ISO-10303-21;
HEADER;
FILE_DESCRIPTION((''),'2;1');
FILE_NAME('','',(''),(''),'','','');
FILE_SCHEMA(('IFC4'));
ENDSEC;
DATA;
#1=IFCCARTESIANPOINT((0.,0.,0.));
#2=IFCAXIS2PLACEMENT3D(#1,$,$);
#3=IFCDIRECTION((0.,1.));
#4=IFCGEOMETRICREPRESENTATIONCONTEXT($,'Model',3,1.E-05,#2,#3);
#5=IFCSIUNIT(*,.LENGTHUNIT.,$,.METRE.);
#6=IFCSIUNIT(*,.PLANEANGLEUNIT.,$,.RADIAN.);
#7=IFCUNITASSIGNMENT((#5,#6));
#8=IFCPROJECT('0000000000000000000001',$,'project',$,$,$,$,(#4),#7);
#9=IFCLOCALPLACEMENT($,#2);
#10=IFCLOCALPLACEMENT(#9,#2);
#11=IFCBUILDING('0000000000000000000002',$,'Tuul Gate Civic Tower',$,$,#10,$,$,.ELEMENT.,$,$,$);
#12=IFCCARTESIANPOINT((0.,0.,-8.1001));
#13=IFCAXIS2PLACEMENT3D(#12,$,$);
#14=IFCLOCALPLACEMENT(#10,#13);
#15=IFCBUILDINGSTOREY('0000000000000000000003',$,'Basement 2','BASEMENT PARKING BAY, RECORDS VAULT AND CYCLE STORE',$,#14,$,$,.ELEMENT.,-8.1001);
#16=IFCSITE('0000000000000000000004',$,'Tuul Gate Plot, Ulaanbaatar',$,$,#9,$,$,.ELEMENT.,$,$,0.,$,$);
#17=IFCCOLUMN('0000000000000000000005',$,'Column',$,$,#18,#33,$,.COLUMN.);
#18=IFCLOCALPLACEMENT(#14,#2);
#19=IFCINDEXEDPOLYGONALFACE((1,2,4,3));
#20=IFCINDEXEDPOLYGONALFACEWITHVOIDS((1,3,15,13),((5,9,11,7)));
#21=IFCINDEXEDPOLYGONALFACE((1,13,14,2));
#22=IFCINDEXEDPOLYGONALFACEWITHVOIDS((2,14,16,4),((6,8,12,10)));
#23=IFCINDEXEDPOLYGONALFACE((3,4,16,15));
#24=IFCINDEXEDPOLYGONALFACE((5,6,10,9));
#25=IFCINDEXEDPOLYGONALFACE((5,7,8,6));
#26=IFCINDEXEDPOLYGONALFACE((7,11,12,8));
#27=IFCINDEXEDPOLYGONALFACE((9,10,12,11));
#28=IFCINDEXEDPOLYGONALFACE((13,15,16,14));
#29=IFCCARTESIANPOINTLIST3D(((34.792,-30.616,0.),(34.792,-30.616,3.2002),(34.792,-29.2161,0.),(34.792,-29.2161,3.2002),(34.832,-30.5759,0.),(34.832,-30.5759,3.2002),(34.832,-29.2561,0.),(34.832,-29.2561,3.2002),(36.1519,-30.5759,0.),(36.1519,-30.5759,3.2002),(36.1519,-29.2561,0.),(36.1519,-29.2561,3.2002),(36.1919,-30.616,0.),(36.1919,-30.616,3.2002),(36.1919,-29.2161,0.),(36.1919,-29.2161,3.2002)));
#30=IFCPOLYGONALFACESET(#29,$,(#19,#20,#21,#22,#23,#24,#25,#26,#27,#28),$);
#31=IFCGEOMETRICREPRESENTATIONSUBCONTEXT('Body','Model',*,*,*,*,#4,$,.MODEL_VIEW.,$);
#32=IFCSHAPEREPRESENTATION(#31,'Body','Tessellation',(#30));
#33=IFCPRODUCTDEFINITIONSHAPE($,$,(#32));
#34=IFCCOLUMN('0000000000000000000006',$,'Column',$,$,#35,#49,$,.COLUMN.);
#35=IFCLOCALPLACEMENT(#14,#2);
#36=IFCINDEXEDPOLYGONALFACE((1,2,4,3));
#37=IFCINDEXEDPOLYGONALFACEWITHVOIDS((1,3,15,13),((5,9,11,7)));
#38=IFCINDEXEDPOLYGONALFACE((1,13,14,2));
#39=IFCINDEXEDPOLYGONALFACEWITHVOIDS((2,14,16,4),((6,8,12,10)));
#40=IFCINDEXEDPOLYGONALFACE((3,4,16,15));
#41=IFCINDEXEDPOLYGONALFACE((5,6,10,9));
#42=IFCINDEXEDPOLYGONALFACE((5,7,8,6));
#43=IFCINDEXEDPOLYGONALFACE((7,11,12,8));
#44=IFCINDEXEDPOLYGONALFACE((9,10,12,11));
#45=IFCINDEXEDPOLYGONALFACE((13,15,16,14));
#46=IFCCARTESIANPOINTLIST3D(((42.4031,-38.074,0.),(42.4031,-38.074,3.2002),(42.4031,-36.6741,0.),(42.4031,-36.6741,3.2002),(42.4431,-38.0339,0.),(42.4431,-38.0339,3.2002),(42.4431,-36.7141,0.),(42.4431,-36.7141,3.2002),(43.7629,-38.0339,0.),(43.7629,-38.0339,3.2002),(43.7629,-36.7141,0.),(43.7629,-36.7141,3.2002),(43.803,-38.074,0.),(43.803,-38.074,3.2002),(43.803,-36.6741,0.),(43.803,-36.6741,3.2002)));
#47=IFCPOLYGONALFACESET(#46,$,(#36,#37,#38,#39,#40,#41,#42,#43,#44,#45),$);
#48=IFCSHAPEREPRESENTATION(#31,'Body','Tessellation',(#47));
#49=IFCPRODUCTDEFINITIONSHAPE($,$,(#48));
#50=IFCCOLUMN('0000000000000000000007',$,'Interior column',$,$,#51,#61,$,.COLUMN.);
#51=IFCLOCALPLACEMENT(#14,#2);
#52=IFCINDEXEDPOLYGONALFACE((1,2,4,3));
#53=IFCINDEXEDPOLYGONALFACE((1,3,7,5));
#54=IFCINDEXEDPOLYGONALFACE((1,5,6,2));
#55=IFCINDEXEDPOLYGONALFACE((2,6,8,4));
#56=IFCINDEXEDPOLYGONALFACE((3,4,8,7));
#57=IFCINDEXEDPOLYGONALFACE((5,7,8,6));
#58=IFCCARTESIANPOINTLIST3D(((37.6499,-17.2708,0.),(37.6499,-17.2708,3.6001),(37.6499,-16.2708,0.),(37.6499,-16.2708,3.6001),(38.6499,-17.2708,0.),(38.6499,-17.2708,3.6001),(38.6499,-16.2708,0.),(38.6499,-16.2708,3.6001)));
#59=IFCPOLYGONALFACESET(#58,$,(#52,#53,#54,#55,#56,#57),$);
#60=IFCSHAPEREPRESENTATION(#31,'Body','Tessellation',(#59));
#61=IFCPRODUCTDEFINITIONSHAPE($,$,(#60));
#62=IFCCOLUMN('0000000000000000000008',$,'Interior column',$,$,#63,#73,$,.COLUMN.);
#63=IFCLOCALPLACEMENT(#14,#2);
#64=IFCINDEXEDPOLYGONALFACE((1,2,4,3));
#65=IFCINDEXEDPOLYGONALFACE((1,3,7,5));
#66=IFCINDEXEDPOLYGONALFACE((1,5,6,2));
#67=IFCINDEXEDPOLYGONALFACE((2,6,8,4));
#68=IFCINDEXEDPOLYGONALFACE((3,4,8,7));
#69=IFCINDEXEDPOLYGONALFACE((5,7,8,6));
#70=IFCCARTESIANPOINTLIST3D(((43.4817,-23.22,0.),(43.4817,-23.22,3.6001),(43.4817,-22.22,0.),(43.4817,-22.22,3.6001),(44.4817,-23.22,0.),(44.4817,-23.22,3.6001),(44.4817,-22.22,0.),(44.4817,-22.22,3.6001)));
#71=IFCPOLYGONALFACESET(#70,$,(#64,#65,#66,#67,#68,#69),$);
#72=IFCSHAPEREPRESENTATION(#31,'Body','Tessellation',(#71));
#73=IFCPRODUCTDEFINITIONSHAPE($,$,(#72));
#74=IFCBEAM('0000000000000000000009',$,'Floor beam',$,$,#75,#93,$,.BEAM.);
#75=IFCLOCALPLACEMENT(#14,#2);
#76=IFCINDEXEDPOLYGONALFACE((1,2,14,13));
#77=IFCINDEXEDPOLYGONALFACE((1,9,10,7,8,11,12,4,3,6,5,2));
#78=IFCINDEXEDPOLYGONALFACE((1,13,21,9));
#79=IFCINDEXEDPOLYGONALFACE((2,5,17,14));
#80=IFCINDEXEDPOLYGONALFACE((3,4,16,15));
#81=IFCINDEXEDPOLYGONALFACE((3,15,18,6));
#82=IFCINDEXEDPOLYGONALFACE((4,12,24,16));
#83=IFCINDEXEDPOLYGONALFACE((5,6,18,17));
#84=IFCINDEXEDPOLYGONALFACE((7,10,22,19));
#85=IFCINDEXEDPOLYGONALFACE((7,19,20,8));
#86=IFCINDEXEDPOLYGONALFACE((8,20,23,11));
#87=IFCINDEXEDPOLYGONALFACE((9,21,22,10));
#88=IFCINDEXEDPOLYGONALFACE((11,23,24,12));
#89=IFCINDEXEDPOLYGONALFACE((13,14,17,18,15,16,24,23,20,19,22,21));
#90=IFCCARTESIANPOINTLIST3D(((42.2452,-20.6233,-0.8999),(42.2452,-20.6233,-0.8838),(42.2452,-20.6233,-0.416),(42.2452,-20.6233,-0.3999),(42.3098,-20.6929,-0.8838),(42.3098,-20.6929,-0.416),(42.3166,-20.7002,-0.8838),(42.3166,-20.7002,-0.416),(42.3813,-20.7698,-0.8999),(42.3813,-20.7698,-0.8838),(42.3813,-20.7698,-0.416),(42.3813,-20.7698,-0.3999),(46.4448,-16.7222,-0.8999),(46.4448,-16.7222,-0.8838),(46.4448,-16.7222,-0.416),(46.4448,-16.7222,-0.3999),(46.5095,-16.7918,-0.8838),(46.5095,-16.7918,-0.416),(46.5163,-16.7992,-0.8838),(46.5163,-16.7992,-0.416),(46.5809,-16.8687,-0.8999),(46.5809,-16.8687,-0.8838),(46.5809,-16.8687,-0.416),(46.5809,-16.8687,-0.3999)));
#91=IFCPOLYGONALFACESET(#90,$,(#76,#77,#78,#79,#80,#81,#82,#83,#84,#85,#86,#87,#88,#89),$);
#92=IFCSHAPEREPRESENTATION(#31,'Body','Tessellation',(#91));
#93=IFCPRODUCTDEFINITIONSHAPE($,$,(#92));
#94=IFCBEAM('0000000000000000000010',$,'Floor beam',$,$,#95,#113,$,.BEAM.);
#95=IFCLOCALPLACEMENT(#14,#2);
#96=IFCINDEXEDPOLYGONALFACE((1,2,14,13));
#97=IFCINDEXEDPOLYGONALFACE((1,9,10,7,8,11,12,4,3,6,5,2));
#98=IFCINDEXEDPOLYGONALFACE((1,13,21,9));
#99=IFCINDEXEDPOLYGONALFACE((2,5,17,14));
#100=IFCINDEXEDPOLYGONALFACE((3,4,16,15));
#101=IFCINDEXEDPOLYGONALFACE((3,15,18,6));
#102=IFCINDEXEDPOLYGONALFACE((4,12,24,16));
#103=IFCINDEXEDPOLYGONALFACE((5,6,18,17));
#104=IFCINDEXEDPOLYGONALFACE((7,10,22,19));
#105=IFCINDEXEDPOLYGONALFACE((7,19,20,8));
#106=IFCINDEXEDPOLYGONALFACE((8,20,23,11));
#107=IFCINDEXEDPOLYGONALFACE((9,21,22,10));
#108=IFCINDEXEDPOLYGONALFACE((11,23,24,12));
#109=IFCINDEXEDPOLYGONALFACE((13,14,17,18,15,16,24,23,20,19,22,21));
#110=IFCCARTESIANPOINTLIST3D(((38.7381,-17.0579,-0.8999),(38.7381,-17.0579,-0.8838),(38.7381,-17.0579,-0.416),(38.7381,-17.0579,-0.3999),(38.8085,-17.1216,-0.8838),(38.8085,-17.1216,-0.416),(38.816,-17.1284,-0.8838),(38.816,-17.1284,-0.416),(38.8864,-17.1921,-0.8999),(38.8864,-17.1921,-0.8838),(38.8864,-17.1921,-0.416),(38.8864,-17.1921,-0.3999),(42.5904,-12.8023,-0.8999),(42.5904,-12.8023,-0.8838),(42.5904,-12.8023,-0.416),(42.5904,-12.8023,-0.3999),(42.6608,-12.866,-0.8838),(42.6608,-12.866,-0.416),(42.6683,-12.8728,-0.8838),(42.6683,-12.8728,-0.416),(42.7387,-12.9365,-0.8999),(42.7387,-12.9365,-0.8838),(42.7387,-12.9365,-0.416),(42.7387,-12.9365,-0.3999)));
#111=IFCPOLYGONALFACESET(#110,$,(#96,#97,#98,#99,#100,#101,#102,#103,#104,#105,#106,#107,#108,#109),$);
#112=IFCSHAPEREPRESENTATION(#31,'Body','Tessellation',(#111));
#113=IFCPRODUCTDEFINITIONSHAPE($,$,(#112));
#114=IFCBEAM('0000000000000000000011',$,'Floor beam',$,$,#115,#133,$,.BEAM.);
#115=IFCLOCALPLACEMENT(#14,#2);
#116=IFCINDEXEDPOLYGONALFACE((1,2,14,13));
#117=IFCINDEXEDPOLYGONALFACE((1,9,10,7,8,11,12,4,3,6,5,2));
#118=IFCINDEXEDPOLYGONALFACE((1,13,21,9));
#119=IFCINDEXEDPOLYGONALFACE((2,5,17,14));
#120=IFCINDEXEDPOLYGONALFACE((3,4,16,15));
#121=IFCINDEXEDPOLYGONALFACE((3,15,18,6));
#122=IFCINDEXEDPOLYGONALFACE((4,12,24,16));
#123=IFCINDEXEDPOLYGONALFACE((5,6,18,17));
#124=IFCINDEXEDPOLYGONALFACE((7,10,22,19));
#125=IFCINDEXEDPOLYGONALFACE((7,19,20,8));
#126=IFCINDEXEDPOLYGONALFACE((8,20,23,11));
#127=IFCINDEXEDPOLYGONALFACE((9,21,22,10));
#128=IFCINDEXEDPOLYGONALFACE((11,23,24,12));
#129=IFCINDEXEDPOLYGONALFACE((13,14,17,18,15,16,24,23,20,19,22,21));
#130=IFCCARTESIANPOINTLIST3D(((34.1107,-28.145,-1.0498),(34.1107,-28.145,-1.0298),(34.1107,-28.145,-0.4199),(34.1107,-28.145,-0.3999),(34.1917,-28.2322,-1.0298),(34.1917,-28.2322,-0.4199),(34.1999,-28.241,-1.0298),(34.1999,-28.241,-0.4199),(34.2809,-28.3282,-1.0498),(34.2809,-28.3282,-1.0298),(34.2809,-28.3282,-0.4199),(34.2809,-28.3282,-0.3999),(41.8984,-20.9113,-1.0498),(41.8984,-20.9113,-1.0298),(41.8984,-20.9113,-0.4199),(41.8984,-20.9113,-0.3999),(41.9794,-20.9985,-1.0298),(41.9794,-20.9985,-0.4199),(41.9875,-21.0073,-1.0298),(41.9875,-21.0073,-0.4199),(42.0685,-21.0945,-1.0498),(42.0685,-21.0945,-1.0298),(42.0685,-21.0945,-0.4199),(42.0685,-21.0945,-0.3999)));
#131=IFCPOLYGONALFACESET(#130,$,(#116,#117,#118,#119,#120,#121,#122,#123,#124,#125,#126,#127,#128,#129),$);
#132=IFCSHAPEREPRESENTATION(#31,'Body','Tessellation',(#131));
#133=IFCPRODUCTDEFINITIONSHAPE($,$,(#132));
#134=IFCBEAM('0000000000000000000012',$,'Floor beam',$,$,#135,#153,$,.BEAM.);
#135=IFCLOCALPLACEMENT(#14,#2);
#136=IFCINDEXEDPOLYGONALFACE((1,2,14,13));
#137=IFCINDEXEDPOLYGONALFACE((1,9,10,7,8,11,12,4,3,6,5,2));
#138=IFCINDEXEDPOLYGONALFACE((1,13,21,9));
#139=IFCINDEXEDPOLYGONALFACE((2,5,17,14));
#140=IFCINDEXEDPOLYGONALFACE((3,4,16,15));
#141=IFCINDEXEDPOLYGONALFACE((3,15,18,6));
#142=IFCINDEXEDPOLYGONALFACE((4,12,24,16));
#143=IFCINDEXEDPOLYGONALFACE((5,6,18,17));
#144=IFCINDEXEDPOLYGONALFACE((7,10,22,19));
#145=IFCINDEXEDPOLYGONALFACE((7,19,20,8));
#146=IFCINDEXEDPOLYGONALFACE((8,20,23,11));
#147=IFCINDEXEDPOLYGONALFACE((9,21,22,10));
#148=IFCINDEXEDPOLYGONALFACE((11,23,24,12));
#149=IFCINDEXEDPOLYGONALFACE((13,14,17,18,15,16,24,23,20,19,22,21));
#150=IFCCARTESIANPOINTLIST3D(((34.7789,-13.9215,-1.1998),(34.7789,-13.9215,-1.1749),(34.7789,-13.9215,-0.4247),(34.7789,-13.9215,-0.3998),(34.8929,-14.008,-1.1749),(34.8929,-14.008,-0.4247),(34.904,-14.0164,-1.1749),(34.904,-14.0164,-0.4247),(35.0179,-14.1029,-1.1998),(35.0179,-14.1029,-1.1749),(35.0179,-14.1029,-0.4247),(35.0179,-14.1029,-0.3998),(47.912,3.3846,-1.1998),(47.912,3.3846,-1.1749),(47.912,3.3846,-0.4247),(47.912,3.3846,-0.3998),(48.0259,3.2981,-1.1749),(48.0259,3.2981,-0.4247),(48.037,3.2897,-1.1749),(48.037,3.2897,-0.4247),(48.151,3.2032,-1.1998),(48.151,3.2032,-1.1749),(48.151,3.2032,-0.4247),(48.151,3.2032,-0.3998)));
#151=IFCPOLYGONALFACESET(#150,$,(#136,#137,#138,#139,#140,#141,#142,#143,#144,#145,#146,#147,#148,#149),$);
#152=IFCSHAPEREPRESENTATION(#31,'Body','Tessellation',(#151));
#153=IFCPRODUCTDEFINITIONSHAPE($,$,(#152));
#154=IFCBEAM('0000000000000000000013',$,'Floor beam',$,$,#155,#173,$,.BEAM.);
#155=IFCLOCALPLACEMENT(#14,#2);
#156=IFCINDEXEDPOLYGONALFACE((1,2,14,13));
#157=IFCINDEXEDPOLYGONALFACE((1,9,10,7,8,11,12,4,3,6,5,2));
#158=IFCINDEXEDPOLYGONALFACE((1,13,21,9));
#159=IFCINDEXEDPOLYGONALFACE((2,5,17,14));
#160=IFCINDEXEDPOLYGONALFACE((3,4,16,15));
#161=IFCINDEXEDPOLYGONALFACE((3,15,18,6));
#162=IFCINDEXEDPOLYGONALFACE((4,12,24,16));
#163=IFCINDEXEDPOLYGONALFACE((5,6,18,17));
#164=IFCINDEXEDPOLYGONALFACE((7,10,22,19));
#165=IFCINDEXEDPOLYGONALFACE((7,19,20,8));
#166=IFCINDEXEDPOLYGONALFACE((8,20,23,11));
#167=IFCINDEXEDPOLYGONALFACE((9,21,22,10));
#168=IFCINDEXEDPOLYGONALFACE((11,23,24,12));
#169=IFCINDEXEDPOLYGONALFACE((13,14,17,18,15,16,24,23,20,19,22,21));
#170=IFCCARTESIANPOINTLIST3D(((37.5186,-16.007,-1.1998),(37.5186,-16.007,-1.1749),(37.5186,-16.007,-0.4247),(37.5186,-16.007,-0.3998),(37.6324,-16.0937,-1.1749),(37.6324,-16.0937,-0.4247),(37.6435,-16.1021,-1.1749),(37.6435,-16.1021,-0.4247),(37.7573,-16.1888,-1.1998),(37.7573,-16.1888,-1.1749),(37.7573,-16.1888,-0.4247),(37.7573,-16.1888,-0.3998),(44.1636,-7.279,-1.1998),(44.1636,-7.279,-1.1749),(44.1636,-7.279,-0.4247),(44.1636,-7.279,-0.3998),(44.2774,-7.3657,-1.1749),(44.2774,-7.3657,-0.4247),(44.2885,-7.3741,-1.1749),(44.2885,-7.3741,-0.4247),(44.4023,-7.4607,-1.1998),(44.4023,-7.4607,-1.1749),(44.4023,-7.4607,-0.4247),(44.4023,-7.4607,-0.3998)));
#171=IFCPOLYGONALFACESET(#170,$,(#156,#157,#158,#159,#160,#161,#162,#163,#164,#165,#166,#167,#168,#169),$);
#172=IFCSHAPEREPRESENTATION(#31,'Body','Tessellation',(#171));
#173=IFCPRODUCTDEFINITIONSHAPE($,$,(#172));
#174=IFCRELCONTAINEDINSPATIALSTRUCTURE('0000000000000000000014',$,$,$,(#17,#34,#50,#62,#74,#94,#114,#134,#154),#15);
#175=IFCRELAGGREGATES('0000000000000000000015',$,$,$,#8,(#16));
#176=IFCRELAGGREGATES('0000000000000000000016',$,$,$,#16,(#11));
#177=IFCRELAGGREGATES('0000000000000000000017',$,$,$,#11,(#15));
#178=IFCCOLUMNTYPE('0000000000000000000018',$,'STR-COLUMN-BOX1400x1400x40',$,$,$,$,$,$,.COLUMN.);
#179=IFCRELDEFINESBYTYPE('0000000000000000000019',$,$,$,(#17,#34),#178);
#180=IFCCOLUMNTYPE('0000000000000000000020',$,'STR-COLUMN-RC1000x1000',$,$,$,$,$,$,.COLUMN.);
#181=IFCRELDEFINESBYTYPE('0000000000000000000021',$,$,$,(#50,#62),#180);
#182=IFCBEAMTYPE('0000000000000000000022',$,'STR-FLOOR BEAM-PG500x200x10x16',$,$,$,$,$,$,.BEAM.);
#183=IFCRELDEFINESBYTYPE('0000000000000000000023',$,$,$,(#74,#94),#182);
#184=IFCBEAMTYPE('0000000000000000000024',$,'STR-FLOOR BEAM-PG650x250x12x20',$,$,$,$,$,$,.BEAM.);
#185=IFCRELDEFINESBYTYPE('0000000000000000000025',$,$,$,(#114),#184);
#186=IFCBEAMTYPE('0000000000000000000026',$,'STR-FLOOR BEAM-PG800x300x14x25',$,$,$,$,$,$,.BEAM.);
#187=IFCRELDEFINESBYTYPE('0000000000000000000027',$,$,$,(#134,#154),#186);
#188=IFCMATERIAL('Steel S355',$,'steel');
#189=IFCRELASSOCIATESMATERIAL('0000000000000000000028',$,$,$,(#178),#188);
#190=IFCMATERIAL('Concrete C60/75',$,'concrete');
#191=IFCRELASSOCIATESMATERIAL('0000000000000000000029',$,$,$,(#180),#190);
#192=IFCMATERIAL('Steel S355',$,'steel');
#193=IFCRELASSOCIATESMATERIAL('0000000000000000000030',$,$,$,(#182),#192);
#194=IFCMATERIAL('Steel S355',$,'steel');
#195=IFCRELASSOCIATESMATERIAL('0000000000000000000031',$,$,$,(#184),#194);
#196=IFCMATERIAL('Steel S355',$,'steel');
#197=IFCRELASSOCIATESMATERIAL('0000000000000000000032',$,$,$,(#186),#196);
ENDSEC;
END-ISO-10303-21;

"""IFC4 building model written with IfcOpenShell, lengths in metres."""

from ifc_helpers import new_model, si_unit, direction, frame, origin, origin_2d, place, context, subcontext, project, spatial, rectangle, hollow_rectangle, i_section, extrude, material, material_profile, profile_set, type_object, element, save


model = new_model("IFC4")

# Units and contexts
model_context = context("Model", 3, precision=1e-05, world=origin(), true_north=direction((0.0, 1.0)))
body_context = subcontext(model_context, "Body", "Model", "MODEL_VIEW")
ifc_project = project(units=[si_unit("LENGTHUNIT", "METRE"), si_unit("PLANEANGLEUNIT", "RADIAN")], contexts=[model_context])

# Site, building, storey
site_placement = place(None, origin())
site = spatial("IfcSite", under=ifc_project, at=site_placement, Name="Tuul Gate Plot, Ulaanbaatar", CompositionType="ELEMENT", RefElevation=0.0)
building_placement = place(site_placement, origin())
building = spatial("IfcBuilding", under=site, at=building_placement, Name="Tuul Gate Civic Tower", CompositionType="ELEMENT")
storey_placement = place(building_placement, frame((0.0, 0.0, -8.1001)))
storey = spatial("IfcBuildingStorey", under=building, at=storey_placement, Name="Basement 2", Description="BASEMENT PARKING BAY, RECORDS VAULT AND CYCLE STORE", CompositionType="ELEMENT", Elevation=-8.1001)

# Columns
ifc_material_1 = material(Name="Steel S355", Category="steel")
ifc_material_profile_1 = material_profile(ifc_material_1, hollow_rectangle(XDim=1.3999, YDim=1.3999, WallThickness=0.04, at=origin_2d()), Name="BOX1400x1400x40")
ifc_profile_set_1 = profile_set([ifc_material_profile_1], Name="Steel S355")
column_type_1 = type_object("IfcColumnType", Name="STR-COLUMN-BOX1400x1400x40", PredefinedType="COLUMN", material=ifc_profile_set_1)
for number, where, z_axis, x_axis, name in (
    (1, (35.4919, -29.916, 0.0), (0.0, 0.0, 1.0), (1.0, 0.0, 0.0), "Column"),
    (2, (43.103, -37.374, 0.0), (0.0, 0.0, 1.0), (1.0, 0.0, 0.0), "Column"),
):
    element("IfcColumn", number, at=place(storey_placement, frame(where, z_axis=z_axis, x_axis=x_axis)), inside=storey, type_object=column_type_1, Name=name, PredefinedType="COLUMN", context=body_context, shape_type="SweptSolid", body=[
        extrude(hollow_rectangle(XDim=1.3999, YDim=1.3999, WallThickness=0.04, at=origin_2d()), origin(), (0.0, 0.0, 1.0), 3.2002),
    ])
ifc_material_2 = material(Name="Concrete C60/75", Category="concrete")
ifc_material_profile_2 = material_profile(ifc_material_2, rectangle(XDim=1.0, YDim=1.0, at=origin_2d()), Name="RC1000x1000")
ifc_profile_set_2 = profile_set([ifc_material_profile_2], Name="Concrete C60/75")
column_type_2 = type_object("IfcColumnType", Name="STR-COLUMN-RC1000x1000", PredefinedType="COLUMN", material=ifc_profile_set_2)
for number, where, z_axis, x_axis, name in (
    (3, (38.1499, -16.7708, 0.0), (0.0, 0.0, 1.0), (1.0, 0.0, 0.0), "Interior column"),
    (4, (43.9817, -22.72, 0.0), (0.0, 0.0, 1.0), (1.0, 0.0, 0.0), "Interior column"),
):
    element("IfcColumn", number, at=place(storey_placement, frame(where, z_axis=z_axis, x_axis=x_axis)), inside=storey, type_object=column_type_2, Name=name, PredefinedType="COLUMN", context=body_context, shape_type="SweptSolid", body=[
        extrude(rectangle(XDim=1.0, YDim=1.0, at=origin_2d()), origin(), (0.0, 0.0, 1.0), 3.6001),
    ])

# Beams
ifc_material_3 = material(Name="Steel S355", Category="steel")
ifc_material_profile_3 = material_profile(ifc_material_3, i_section(OverallWidth=0.2, OverallDepth=0.5, WebThickness=0.01, FlangeThickness=0.0161, at=origin_2d()), Name="PG500x200x10x16")
ifc_profile_set_3 = profile_set([ifc_material_profile_3], Name="Steel S355")
beam_type_1 = type_object("IfcBeamType", Name="STR-FLOOR BEAM-PG500x200x10x16", PredefinedType="BEAM", material=ifc_profile_set_3)
beam_1_placement = place(storey_placement, frame((42.3132, -20.6965, -0.6499), z_axis=(0.732672, 0.680582, 0.0), x_axis=(-0.680582, 0.732672, 0.0)))
element("IfcBeam", 5, at=beam_1_placement, inside=storey, type_object=beam_type_1, Name="Floor beam", PredefinedType="BEAM", context=body_context, shape_type="SweptSolid", body=[
    extrude(i_section(OverallWidth=0.2, OverallDepth=0.5, WebThickness=0.01, FlangeThickness=0.0161, at=origin_2d()), origin(), (0.0, 0.0, 1.0), 5.7319),
])
beam_2_placement = place(storey_placement, frame((38.8123, -17.125, -0.6499), z_axis=(0.671103, 0.741364, 0.0), x_axis=(-0.741364, 0.671103, 0.0)))
element("IfcBeam", 6, at=beam_2_placement, inside=storey, type_object=beam_type_1, Name="Floor beam", PredefinedType="BEAM", context=body_context, shape_type="SweptSolid", body=[
    extrude(i_section(OverallWidth=0.2, OverallDepth=0.5, WebThickness=0.01, FlangeThickness=0.0161, at=origin_2d()), origin(), (0.0, 0.0, 1.0), 5.7402),
])
ifc_material_4 = material(Name="Steel S355", Category="steel")
ifc_material_profile_4 = material_profile(ifc_material_4, i_section(OverallWidth=0.25, OverallDepth=0.6499, WebThickness=0.012, FlangeThickness=0.02, at=origin_2d()), Name="PG650x250x12x20")
ifc_profile_set_4 = profile_set([ifc_material_profile_4], Name="Steel S355")
beam_type_2 = type_object("IfcBeamType", Name="STR-FLOOR BEAM-PG650x250x12x20", PredefinedType="BEAM", material=ifc_profile_set_4)
beam_3_placement = place(storey_placement, frame((34.1958, -28.2366, -0.7249), z_axis=(0.732685, 0.680567, 0.0), x_axis=(-0.680567, 0.732685, 0.0)))
element("IfcBeam", 7, at=beam_3_placement, inside=storey, type_object=beam_type_2, Name="Floor beam", PredefinedType="BEAM", context=body_context, shape_type="SweptSolid", body=[
    extrude(i_section(OverallWidth=0.25, OverallDepth=0.6499, WebThickness=0.012, FlangeThickness=0.02, at=origin_2d()), origin(), (0.0, 0.0, 1.0), 10.6289),
])
ifc_material_5 = material(Name="Steel S355", Category="steel")
ifc_material_profile_5 = material_profile(ifc_material_5, i_section(OverallWidth=0.3, OverallDepth=0.8, WebThickness=0.0139, FlangeThickness=0.0249, at=origin_2d()), Name="PG800x300x14x25")
ifc_profile_set_5 = profile_set([ifc_material_profile_5], Name="Steel S355")
beam_type_3 = type_object("IfcBeamType", Name="STR-FLOOR BEAM-PG800x300x14x25", PredefinedType="BEAM", material=ifc_profile_set_5)
beam_4_placement = place(storey_placement, frame((34.8984, -14.0122, -0.7998), z_axis=(0.604511, 0.796597, 0.0), x_axis=(-0.796597, 0.604511, 0.0)))
element("IfcBeam", 8, at=beam_4_placement, inside=storey, type_object=beam_type_3, Name="Floor beam", PredefinedType="BEAM", context=body_context, shape_type="SweptSolid", body=[
    extrude(i_section(OverallWidth=0.3, OverallDepth=0.8, WebThickness=0.0139, FlangeThickness=0.0249, at=origin_2d()), origin(), (0.0, 0.0, 1.0), 21.7251),
])
beam_5_placement = place(storey_placement, frame((37.6379, -16.0979, -0.7998), z_axis=(0.60576, 0.795647, 0.0), x_axis=(-0.795647, 0.60576, 0.0)))
element("IfcBeam", 9, at=beam_5_placement, inside=storey, type_object=beam_type_3, Name="Floor beam", PredefinedType="BEAM", context=body_context, shape_type="SweptSolid", body=[
    extrude(i_section(OverallWidth=0.3, OverallDepth=0.8, WebThickness=0.0139, FlangeThickness=0.0249, at=origin_2d()), origin(), (0.0, 0.0, 1.0), 10.9697),
])

save(model, "model.ifc")
